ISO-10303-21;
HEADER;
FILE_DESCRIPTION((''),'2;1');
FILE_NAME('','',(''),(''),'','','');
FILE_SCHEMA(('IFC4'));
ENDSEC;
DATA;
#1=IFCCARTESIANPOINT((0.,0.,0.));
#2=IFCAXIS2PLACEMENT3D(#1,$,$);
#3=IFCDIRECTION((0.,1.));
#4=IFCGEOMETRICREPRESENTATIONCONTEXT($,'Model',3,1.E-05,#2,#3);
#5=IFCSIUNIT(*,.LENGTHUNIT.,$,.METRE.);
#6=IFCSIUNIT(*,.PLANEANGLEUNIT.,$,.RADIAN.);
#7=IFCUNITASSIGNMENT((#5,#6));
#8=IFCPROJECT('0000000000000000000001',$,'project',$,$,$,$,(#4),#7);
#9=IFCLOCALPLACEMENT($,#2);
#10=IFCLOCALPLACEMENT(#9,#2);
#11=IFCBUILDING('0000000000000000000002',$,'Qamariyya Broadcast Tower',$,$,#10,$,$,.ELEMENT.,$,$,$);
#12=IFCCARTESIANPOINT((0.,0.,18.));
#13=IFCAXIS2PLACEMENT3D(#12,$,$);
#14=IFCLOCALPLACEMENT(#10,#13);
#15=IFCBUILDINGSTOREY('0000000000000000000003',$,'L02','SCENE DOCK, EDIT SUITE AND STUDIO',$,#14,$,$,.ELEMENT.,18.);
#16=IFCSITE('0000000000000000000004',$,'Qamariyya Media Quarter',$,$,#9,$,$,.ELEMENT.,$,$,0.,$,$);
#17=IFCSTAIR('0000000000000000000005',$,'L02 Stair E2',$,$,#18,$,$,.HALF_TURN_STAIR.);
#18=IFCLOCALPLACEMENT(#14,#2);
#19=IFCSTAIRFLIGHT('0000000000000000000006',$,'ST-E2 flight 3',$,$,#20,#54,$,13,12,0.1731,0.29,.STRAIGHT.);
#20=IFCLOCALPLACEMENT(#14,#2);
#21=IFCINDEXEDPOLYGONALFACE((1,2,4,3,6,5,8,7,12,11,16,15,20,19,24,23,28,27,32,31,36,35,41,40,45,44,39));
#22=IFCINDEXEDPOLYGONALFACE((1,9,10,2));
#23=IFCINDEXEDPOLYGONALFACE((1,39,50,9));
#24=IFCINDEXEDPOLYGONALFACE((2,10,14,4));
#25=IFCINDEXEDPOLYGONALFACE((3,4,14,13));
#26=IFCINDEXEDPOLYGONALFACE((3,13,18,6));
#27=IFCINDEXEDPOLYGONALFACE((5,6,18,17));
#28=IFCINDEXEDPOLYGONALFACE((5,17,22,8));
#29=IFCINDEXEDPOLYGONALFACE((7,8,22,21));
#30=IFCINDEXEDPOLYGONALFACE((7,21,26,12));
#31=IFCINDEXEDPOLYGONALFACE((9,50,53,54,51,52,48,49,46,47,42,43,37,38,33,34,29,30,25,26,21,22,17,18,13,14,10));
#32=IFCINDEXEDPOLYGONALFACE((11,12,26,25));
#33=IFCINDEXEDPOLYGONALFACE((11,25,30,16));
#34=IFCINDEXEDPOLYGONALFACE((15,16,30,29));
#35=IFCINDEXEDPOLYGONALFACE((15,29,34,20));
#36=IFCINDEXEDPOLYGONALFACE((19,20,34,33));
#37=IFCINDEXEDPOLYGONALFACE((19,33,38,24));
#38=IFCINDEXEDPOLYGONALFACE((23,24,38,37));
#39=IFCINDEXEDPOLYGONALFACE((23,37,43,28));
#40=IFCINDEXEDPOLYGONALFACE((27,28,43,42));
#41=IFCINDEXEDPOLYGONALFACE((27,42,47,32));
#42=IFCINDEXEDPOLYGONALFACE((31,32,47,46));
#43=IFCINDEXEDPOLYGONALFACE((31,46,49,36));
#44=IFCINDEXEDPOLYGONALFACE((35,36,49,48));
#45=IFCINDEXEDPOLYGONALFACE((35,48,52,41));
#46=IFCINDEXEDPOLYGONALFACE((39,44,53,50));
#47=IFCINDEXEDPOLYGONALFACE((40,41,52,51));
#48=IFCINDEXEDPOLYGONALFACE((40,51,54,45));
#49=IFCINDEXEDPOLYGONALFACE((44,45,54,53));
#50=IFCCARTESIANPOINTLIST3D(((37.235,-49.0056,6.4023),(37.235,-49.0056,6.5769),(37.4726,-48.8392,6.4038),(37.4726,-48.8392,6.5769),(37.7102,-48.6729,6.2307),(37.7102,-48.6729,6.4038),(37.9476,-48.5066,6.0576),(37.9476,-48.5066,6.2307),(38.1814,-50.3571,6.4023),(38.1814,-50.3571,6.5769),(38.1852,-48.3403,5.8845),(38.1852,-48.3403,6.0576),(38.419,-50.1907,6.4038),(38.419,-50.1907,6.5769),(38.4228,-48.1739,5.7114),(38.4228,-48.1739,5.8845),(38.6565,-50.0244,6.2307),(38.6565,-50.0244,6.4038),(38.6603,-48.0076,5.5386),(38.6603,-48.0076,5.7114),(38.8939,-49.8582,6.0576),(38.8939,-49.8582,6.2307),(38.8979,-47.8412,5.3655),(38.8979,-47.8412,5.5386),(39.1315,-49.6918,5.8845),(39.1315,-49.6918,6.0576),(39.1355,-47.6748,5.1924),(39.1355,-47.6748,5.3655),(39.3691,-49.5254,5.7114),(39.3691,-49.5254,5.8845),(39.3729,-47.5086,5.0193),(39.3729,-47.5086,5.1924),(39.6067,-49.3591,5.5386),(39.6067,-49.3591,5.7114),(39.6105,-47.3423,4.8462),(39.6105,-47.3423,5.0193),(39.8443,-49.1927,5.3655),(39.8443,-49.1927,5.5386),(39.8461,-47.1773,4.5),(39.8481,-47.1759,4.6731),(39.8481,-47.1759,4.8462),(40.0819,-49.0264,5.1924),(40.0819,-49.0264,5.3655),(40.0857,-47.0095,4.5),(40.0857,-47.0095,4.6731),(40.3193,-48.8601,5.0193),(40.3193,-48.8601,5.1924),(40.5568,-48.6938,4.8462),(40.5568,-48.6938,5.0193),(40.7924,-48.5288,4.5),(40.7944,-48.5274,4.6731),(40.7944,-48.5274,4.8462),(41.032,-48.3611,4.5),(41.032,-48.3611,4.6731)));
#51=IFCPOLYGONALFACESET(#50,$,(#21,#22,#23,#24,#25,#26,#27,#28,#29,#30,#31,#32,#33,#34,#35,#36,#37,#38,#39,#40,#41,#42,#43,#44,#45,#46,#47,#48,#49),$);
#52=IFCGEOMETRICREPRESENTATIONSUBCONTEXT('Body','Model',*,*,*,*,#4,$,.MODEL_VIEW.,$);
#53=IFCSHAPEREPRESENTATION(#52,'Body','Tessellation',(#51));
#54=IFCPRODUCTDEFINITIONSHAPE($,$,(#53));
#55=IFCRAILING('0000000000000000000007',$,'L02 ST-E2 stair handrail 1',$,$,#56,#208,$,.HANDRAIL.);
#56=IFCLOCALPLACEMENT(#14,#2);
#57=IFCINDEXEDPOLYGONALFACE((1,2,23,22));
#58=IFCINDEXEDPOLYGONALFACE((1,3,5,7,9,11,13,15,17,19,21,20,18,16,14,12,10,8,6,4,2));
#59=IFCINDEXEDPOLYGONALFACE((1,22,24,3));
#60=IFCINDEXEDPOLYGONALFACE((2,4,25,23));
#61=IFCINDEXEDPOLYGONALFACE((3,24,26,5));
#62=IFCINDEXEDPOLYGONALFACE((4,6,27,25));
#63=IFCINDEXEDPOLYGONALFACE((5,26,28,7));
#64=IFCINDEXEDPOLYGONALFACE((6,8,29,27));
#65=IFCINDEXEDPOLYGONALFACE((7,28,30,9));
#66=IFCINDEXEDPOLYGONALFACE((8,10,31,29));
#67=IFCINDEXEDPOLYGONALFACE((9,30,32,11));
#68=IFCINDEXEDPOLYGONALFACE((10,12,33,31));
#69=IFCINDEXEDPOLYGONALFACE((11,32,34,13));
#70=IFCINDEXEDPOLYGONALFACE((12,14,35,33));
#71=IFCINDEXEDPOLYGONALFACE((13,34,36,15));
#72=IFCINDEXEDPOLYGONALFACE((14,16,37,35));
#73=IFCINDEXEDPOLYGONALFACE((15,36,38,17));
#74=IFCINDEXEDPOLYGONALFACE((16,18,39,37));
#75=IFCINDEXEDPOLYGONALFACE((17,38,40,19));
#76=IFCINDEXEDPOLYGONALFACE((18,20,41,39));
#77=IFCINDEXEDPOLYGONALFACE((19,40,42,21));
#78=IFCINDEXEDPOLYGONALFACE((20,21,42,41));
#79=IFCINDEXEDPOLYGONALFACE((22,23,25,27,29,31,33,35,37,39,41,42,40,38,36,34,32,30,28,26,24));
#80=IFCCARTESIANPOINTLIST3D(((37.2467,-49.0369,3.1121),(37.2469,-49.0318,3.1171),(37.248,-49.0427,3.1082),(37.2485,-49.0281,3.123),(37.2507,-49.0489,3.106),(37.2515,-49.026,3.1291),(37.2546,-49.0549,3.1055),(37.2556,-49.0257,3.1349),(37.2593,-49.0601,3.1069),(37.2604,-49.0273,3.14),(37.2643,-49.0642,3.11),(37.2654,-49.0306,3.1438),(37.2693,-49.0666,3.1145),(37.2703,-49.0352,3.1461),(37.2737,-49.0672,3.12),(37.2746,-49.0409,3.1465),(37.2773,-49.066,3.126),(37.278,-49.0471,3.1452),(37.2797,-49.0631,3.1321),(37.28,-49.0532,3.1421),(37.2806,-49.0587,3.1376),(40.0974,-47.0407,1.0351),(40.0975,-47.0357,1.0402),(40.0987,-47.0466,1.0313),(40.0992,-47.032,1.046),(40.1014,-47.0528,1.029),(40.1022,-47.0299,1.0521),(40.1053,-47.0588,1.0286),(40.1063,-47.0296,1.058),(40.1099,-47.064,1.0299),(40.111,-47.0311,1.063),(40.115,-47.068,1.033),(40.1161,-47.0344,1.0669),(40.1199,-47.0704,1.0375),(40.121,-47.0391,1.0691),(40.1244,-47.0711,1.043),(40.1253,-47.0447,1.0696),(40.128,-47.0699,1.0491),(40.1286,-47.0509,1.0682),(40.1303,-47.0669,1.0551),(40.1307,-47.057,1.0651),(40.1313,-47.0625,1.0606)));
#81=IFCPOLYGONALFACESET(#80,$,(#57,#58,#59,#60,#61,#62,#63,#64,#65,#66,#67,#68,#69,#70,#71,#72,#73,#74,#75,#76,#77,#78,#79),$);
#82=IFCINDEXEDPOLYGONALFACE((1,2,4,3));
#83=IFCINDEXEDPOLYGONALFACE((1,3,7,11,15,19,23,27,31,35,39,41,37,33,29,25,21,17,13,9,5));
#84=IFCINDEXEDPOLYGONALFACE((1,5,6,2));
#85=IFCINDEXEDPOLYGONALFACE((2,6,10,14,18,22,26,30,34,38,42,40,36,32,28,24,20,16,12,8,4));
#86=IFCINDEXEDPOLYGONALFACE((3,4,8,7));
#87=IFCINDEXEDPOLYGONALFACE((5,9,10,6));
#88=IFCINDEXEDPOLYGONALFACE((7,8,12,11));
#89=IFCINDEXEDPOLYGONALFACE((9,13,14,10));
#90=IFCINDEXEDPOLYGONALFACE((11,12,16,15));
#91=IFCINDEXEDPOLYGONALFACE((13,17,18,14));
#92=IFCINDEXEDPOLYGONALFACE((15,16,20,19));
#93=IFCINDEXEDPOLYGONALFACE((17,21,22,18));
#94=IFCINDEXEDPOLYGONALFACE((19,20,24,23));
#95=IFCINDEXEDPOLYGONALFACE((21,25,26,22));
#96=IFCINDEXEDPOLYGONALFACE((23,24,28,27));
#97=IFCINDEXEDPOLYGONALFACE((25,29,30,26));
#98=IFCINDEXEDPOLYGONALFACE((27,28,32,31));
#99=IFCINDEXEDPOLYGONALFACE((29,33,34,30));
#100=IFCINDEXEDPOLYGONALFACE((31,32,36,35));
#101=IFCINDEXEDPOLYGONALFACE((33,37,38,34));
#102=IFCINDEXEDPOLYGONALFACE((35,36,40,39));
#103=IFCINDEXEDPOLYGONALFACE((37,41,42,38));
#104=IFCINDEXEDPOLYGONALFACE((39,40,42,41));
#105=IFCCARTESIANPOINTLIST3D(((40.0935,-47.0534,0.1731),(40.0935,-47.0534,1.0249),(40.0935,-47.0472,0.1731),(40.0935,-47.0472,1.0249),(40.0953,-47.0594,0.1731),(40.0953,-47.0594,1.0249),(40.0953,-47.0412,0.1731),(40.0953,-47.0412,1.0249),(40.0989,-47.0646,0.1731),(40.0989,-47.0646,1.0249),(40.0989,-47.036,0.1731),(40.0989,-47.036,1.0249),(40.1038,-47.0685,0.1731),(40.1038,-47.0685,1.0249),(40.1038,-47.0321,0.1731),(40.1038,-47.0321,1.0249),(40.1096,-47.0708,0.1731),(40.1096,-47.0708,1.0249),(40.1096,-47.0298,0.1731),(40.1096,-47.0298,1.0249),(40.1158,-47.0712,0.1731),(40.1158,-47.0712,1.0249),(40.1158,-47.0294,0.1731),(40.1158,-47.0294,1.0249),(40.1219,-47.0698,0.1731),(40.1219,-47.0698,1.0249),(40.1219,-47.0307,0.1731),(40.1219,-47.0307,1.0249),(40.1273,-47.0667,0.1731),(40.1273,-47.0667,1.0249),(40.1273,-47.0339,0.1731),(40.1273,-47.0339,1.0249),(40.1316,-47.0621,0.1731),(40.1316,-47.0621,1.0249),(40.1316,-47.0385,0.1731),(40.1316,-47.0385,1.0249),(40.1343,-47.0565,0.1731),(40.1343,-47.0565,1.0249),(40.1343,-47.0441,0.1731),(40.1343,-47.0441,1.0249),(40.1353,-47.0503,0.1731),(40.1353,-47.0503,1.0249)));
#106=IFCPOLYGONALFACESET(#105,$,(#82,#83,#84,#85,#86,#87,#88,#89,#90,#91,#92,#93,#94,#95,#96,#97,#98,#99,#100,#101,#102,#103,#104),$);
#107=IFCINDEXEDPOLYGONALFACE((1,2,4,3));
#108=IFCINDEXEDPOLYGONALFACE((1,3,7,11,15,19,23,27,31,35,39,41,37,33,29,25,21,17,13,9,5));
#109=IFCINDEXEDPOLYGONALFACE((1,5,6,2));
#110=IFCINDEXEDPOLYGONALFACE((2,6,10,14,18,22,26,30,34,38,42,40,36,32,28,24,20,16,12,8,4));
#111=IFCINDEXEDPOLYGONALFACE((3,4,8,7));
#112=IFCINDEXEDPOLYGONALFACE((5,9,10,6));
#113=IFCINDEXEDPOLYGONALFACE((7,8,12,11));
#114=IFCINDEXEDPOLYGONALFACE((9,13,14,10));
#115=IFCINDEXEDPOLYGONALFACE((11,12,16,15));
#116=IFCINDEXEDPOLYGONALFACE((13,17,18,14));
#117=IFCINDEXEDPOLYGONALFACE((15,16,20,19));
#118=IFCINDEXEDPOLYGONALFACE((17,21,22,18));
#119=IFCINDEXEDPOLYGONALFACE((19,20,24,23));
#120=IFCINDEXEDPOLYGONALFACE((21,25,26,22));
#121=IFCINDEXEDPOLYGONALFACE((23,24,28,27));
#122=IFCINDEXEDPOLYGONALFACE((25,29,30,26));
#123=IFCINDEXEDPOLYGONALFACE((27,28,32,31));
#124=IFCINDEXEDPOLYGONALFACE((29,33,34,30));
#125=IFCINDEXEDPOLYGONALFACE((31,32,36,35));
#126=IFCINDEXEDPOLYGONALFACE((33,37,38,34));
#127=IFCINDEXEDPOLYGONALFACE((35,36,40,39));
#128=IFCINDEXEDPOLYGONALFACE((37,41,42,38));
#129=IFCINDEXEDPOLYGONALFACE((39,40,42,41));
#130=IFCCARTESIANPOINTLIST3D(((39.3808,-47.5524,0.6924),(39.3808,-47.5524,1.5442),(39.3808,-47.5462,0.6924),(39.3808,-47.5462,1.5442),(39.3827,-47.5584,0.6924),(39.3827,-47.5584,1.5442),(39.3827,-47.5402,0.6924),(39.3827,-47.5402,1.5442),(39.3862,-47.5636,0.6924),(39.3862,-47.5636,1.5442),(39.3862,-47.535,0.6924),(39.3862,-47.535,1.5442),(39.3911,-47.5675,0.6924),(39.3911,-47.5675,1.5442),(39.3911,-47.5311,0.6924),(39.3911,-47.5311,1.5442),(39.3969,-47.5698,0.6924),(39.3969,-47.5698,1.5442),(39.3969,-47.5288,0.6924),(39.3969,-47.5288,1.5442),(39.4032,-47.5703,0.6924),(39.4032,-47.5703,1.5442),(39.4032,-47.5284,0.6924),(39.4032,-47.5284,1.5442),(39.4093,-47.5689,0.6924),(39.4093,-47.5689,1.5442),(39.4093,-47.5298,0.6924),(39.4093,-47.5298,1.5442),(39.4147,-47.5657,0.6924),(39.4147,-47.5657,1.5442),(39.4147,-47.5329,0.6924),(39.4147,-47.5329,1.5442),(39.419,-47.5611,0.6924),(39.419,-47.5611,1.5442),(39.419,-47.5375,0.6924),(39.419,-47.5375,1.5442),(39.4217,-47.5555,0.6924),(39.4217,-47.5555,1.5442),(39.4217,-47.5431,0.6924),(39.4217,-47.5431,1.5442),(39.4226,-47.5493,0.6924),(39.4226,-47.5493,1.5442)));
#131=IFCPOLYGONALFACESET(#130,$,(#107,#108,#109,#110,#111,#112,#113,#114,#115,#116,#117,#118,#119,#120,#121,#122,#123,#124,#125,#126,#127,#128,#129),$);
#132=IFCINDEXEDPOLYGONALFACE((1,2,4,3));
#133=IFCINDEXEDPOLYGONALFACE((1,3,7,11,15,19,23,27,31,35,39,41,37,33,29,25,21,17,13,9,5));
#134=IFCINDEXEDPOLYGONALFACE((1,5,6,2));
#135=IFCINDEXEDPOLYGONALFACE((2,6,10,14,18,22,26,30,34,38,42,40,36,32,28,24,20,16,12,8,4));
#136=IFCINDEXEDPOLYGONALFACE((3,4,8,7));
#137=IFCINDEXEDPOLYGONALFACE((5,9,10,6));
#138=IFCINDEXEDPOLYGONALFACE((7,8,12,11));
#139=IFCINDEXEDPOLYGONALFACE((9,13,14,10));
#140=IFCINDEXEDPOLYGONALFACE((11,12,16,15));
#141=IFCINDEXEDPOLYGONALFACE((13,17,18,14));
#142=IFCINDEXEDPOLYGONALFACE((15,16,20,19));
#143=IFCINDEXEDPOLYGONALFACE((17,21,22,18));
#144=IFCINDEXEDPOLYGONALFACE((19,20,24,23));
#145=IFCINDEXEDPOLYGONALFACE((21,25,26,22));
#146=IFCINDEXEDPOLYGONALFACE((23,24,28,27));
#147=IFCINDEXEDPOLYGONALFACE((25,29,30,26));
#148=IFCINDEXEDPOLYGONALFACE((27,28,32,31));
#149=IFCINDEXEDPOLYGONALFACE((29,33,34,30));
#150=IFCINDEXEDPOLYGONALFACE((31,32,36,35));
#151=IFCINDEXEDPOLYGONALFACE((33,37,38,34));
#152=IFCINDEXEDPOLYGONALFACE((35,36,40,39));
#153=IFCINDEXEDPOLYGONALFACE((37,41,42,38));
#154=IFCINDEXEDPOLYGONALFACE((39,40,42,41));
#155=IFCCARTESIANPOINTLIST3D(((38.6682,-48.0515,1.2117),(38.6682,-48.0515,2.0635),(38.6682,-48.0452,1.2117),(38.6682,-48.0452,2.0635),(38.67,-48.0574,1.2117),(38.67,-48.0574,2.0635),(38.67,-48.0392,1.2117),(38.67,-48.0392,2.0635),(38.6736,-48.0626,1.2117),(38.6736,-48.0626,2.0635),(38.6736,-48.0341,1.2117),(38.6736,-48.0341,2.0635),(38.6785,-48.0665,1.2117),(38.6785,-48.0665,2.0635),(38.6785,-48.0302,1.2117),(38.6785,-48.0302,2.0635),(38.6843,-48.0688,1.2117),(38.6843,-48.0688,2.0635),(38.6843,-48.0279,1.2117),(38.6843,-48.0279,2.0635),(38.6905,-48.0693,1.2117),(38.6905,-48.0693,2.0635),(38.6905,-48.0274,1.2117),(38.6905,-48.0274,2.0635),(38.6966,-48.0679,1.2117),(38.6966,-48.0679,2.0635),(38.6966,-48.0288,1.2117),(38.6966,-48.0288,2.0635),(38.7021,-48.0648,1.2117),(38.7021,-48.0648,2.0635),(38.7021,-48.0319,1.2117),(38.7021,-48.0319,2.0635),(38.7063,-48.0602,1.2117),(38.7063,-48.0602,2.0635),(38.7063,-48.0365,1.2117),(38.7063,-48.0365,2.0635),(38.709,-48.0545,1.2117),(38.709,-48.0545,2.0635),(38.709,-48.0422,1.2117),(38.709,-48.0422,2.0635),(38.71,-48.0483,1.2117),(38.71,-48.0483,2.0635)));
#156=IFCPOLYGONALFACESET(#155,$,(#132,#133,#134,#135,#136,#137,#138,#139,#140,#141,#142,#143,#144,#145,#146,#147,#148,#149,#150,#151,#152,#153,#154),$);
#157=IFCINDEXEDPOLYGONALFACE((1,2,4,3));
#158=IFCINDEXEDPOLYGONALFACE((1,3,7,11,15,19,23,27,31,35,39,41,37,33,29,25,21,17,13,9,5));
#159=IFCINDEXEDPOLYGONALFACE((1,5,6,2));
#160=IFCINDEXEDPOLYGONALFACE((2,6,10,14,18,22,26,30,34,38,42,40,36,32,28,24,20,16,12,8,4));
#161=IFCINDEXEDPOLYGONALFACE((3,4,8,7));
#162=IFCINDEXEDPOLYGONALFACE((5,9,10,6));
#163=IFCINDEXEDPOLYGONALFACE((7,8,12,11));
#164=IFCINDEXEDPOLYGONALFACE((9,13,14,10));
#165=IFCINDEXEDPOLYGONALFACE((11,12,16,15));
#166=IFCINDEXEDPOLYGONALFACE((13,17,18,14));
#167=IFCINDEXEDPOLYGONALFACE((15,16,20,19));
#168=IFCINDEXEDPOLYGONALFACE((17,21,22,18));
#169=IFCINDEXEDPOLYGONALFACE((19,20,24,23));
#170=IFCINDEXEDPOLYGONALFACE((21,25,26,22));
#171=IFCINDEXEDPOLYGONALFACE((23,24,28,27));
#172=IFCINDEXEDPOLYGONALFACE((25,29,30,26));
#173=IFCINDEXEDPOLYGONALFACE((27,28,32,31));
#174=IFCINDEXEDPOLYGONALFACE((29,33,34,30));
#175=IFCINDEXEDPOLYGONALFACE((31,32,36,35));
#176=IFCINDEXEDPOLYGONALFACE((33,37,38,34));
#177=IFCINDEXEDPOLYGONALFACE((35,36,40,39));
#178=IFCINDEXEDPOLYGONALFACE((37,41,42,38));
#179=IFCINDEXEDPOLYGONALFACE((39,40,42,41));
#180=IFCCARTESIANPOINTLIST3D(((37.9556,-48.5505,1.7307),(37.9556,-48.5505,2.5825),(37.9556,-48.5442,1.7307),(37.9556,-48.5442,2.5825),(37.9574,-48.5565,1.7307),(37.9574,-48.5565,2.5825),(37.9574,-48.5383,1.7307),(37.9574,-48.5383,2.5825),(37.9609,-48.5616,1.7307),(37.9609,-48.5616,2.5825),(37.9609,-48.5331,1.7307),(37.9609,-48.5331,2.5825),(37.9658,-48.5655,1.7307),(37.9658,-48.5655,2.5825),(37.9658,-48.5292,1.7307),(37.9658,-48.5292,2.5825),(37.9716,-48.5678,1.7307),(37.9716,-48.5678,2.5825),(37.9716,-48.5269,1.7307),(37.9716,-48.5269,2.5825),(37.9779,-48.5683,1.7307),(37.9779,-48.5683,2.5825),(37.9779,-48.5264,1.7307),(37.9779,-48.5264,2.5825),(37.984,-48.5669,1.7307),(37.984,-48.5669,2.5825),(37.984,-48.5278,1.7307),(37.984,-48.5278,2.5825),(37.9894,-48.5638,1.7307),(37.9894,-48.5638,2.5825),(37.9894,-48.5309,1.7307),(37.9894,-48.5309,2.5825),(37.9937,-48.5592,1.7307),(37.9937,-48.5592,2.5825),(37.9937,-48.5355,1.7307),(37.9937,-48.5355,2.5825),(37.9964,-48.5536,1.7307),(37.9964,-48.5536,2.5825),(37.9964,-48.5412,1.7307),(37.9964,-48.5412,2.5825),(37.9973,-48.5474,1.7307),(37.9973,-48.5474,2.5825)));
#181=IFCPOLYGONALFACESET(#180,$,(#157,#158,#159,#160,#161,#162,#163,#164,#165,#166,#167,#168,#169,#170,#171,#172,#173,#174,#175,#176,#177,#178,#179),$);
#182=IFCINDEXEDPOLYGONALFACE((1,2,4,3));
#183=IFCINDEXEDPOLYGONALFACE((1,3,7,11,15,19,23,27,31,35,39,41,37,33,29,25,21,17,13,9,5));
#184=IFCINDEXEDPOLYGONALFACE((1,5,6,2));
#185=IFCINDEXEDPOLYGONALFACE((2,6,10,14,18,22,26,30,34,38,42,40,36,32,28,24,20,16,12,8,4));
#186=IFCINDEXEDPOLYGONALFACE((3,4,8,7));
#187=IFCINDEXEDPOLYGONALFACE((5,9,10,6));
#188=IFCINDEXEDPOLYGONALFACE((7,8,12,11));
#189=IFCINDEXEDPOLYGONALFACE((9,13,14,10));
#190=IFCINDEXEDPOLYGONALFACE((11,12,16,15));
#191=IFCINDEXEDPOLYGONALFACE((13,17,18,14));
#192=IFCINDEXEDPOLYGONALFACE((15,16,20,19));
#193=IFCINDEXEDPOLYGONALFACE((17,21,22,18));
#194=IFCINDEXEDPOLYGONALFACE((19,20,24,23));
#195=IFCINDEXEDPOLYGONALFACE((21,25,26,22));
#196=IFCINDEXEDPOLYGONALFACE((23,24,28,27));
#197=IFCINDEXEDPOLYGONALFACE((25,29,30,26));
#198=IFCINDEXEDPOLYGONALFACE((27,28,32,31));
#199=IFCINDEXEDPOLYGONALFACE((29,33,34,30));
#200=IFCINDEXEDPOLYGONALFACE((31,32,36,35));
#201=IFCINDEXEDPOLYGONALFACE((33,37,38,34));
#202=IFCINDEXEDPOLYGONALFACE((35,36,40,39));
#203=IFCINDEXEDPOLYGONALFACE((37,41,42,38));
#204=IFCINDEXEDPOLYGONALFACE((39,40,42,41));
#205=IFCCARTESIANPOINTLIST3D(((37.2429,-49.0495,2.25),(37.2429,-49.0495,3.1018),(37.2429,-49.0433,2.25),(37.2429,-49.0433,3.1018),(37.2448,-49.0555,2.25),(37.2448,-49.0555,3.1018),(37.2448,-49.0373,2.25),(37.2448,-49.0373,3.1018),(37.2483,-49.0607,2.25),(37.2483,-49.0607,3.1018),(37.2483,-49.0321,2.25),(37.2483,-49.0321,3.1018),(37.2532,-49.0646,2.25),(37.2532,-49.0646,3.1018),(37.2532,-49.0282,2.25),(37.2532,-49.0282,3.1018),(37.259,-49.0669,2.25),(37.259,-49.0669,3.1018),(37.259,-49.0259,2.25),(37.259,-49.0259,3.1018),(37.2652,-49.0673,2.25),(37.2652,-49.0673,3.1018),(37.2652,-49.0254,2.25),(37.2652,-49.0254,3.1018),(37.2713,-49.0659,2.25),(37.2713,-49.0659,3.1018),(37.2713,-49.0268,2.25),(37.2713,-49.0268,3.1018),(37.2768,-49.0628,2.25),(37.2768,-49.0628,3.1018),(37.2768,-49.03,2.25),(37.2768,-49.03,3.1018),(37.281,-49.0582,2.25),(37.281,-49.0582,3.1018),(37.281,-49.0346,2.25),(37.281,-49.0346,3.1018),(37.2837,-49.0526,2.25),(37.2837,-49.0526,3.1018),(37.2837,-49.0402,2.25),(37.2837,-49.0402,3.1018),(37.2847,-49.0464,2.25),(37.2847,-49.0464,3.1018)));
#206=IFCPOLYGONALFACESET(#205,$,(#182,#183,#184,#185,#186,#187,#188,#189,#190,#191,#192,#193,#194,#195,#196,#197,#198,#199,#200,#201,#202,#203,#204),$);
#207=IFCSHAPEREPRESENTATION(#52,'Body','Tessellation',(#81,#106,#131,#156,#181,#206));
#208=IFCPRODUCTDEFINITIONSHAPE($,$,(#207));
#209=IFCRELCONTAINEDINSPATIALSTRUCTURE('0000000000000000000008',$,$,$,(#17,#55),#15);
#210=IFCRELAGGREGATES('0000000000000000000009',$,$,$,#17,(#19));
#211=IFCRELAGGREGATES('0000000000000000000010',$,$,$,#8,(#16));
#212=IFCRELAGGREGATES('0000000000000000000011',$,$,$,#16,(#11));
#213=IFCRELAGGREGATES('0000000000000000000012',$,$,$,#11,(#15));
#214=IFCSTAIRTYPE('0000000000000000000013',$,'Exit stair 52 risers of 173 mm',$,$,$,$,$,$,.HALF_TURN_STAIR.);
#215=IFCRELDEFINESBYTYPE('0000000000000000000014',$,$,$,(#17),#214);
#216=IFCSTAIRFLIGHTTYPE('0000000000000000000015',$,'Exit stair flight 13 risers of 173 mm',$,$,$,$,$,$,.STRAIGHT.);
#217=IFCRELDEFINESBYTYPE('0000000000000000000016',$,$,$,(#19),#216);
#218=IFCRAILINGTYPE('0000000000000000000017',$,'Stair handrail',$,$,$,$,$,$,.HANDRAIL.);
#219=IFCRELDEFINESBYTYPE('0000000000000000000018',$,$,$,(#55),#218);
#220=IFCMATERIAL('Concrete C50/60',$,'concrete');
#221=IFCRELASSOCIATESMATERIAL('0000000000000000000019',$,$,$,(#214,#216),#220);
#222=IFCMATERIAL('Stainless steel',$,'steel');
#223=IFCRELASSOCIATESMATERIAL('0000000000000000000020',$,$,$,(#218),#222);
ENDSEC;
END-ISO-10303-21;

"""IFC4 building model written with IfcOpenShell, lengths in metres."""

from ifc_helpers import new_model, si_unit, direction, frame, origin, origin_2d, place, context, subcontext, project, spatial, polyline, circle, outline, extrude, material, type_object, element, aggregate, save


model = new_model("IFC4")

# Units and contexts
model_context = context("Model", 3, precision=1e-05, world=origin(), true_north=direction((0.0, 1.0)))
body_context = subcontext(model_context, "Body", "Model", "MODEL_VIEW")
ifc_project = project(units=[si_unit("LENGTHUNIT", "METRE"), si_unit("PLANEANGLEUNIT", "RADIAN")], contexts=[model_context])

# Site, building, storey
site_placement = place(None, origin())
site = spatial("IfcSite", under=ifc_project, at=site_placement, Name="Qamariyya Media Quarter", CompositionType="ELEMENT", RefElevation=0.0)
building_placement = place(site_placement, origin())
building = spatial("IfcBuilding", under=site, at=building_placement, Name="Qamariyya Broadcast Tower", CompositionType="ELEMENT")
storey_placement = place(building_placement, frame((0.0, 0.0, 18.0)))
storey = spatial("IfcBuildingStorey", under=building, at=storey_placement, Name="L02", Description="SCENE DOCK, EDIT SUITE AND STUDIO", CompositionType="ELEMENT", Elevation=18.0)

# Shared definitions
ifc_material_1 = material(Name="Concrete C50/60", Category="concrete")

# Stair, stair flight
stair_type = type_object("IfcStairType", Name="Exit stair 52 risers of 173 mm", PredefinedType="HALF_TURN_STAIR", material=ifc_material_1)
stair_placement = place(storey_placement, origin())
stair = element("IfcStair", 1, at=stair_placement, inside=storey, type_object=stair_type, Name="L02 Stair E2", PredefinedType="HALF_TURN_STAIR")
stair_flight_type = type_object("IfcStairFlightType", Name="Exit stair flight 13 risers of 173 mm", PredefinedType="STRAIGHT", material=ifc_material_1)
stair_flight_1_placement = place(storey_placement, frame((40.5588, -47.6853, 4.5), z_axis=(0.0, 0.0, 1.0), x_axis=(-0.819152, -0.573576, 0.0)))
stair_flight_1 = element("IfcStairFlight", 2, at=stair_flight_1_placement, type_object=stair_flight_type, Name="ST-E2 flight 3", NumberOfRisers=13, NumberOfTreads=12, PredefinedType="STRAIGHT", RiserHeight=0.1731, TreadLength=0.29, context=body_context, shape_type="SweptSolid", body=[
    extrude(outline(polyline([(0.0, 0.0), (0.0, 0.1731), (0.29, 0.1731), (0.29, 0.3462), (0.5801, 0.3462), (0.5801, 0.5193), (0.8701, 0.5193), (0.8701, 0.6924), (1.1599, 0.6924), (1.1599, 0.8655), (1.45, 0.8655), (1.45, 1.0386), (1.74, 1.0386), (1.74, 1.2114), (2.03, 1.2114), (2.03, 1.3845), (2.3201, 1.3845), (2.3201, 1.5576), (2.6101, 1.5576), (2.6101, 1.7307), (2.8999, 1.7307), (2.8999, 1.9038), (3.1899, 1.9038), (3.1899, 2.0769), (3.48, 2.0769), (3.48, 2.25), (3.48, 1.9023), (0.2925, 0.0), (0.0, 0.0)])), frame((0.0, 0.825, 0.0), z_axis=(0.0, -1.0, 0.0), x_axis=(1.0, 0.0, 0.0)), (0.0, 0.0, 1.0), 1.6499),
])
aggregate(stair, [stair_flight_1])

# Railing
ifc_material_2 = material(Name="Stainless steel", Category="steel")
railing_type = type_object("IfcRailingType", Name="Stair handrail", PredefinedType="HANDRAIL", material=ifc_material_2)
for number, where, name in (
    (3, (40.1143, -47.0503, 0.1731), "L02 ST-E2 stair handrail 1"),
):
    element("IfcRailing", number, at=place(storey_placement, frame(where)), inside=storey, type_object=railing_type, Name=name, PredefinedType="HANDRAIL", context=body_context, shape_type="SweptSolid", body=[
        extrude(circle(Radius=0.0239, at=origin_2d()), frame((0.0, 0.0, 0.876), z_axis=(-0.703393, -0.492544, 0.512484), x_axis=(0.573594, -0.81914, 0.0)), (0.0, 0.0, 1.0), 4.0527),
        extrude(circle(Radius=0.021, at=origin_2d()), origin(), (0.0, 0.0, 1.0), 0.8518),
        extrude(circle(Radius=0.021, at=origin_2d()), frame((-0.7126, -0.499, 0.5193)), (0.0, 0.0, 1.0), 0.8518),
        extrude(circle(Radius=0.021, at=origin_2d()), frame((-1.4253, -0.998, 1.0386)), (0.0, 0.0, 1.0), 0.8518),
        extrude(circle(Radius=0.021, at=origin_2d()), frame((-2.1379, -1.4971, 1.5576)), (0.0, 0.0, 1.0), 0.8518),
        extrude(circle(Radius=0.021, at=origin_2d()), frame((-2.8506, -1.9961, 2.0769)), (0.0, 0.0, 1.0), 0.8518),
    ])

save(model, "model.ifc")
